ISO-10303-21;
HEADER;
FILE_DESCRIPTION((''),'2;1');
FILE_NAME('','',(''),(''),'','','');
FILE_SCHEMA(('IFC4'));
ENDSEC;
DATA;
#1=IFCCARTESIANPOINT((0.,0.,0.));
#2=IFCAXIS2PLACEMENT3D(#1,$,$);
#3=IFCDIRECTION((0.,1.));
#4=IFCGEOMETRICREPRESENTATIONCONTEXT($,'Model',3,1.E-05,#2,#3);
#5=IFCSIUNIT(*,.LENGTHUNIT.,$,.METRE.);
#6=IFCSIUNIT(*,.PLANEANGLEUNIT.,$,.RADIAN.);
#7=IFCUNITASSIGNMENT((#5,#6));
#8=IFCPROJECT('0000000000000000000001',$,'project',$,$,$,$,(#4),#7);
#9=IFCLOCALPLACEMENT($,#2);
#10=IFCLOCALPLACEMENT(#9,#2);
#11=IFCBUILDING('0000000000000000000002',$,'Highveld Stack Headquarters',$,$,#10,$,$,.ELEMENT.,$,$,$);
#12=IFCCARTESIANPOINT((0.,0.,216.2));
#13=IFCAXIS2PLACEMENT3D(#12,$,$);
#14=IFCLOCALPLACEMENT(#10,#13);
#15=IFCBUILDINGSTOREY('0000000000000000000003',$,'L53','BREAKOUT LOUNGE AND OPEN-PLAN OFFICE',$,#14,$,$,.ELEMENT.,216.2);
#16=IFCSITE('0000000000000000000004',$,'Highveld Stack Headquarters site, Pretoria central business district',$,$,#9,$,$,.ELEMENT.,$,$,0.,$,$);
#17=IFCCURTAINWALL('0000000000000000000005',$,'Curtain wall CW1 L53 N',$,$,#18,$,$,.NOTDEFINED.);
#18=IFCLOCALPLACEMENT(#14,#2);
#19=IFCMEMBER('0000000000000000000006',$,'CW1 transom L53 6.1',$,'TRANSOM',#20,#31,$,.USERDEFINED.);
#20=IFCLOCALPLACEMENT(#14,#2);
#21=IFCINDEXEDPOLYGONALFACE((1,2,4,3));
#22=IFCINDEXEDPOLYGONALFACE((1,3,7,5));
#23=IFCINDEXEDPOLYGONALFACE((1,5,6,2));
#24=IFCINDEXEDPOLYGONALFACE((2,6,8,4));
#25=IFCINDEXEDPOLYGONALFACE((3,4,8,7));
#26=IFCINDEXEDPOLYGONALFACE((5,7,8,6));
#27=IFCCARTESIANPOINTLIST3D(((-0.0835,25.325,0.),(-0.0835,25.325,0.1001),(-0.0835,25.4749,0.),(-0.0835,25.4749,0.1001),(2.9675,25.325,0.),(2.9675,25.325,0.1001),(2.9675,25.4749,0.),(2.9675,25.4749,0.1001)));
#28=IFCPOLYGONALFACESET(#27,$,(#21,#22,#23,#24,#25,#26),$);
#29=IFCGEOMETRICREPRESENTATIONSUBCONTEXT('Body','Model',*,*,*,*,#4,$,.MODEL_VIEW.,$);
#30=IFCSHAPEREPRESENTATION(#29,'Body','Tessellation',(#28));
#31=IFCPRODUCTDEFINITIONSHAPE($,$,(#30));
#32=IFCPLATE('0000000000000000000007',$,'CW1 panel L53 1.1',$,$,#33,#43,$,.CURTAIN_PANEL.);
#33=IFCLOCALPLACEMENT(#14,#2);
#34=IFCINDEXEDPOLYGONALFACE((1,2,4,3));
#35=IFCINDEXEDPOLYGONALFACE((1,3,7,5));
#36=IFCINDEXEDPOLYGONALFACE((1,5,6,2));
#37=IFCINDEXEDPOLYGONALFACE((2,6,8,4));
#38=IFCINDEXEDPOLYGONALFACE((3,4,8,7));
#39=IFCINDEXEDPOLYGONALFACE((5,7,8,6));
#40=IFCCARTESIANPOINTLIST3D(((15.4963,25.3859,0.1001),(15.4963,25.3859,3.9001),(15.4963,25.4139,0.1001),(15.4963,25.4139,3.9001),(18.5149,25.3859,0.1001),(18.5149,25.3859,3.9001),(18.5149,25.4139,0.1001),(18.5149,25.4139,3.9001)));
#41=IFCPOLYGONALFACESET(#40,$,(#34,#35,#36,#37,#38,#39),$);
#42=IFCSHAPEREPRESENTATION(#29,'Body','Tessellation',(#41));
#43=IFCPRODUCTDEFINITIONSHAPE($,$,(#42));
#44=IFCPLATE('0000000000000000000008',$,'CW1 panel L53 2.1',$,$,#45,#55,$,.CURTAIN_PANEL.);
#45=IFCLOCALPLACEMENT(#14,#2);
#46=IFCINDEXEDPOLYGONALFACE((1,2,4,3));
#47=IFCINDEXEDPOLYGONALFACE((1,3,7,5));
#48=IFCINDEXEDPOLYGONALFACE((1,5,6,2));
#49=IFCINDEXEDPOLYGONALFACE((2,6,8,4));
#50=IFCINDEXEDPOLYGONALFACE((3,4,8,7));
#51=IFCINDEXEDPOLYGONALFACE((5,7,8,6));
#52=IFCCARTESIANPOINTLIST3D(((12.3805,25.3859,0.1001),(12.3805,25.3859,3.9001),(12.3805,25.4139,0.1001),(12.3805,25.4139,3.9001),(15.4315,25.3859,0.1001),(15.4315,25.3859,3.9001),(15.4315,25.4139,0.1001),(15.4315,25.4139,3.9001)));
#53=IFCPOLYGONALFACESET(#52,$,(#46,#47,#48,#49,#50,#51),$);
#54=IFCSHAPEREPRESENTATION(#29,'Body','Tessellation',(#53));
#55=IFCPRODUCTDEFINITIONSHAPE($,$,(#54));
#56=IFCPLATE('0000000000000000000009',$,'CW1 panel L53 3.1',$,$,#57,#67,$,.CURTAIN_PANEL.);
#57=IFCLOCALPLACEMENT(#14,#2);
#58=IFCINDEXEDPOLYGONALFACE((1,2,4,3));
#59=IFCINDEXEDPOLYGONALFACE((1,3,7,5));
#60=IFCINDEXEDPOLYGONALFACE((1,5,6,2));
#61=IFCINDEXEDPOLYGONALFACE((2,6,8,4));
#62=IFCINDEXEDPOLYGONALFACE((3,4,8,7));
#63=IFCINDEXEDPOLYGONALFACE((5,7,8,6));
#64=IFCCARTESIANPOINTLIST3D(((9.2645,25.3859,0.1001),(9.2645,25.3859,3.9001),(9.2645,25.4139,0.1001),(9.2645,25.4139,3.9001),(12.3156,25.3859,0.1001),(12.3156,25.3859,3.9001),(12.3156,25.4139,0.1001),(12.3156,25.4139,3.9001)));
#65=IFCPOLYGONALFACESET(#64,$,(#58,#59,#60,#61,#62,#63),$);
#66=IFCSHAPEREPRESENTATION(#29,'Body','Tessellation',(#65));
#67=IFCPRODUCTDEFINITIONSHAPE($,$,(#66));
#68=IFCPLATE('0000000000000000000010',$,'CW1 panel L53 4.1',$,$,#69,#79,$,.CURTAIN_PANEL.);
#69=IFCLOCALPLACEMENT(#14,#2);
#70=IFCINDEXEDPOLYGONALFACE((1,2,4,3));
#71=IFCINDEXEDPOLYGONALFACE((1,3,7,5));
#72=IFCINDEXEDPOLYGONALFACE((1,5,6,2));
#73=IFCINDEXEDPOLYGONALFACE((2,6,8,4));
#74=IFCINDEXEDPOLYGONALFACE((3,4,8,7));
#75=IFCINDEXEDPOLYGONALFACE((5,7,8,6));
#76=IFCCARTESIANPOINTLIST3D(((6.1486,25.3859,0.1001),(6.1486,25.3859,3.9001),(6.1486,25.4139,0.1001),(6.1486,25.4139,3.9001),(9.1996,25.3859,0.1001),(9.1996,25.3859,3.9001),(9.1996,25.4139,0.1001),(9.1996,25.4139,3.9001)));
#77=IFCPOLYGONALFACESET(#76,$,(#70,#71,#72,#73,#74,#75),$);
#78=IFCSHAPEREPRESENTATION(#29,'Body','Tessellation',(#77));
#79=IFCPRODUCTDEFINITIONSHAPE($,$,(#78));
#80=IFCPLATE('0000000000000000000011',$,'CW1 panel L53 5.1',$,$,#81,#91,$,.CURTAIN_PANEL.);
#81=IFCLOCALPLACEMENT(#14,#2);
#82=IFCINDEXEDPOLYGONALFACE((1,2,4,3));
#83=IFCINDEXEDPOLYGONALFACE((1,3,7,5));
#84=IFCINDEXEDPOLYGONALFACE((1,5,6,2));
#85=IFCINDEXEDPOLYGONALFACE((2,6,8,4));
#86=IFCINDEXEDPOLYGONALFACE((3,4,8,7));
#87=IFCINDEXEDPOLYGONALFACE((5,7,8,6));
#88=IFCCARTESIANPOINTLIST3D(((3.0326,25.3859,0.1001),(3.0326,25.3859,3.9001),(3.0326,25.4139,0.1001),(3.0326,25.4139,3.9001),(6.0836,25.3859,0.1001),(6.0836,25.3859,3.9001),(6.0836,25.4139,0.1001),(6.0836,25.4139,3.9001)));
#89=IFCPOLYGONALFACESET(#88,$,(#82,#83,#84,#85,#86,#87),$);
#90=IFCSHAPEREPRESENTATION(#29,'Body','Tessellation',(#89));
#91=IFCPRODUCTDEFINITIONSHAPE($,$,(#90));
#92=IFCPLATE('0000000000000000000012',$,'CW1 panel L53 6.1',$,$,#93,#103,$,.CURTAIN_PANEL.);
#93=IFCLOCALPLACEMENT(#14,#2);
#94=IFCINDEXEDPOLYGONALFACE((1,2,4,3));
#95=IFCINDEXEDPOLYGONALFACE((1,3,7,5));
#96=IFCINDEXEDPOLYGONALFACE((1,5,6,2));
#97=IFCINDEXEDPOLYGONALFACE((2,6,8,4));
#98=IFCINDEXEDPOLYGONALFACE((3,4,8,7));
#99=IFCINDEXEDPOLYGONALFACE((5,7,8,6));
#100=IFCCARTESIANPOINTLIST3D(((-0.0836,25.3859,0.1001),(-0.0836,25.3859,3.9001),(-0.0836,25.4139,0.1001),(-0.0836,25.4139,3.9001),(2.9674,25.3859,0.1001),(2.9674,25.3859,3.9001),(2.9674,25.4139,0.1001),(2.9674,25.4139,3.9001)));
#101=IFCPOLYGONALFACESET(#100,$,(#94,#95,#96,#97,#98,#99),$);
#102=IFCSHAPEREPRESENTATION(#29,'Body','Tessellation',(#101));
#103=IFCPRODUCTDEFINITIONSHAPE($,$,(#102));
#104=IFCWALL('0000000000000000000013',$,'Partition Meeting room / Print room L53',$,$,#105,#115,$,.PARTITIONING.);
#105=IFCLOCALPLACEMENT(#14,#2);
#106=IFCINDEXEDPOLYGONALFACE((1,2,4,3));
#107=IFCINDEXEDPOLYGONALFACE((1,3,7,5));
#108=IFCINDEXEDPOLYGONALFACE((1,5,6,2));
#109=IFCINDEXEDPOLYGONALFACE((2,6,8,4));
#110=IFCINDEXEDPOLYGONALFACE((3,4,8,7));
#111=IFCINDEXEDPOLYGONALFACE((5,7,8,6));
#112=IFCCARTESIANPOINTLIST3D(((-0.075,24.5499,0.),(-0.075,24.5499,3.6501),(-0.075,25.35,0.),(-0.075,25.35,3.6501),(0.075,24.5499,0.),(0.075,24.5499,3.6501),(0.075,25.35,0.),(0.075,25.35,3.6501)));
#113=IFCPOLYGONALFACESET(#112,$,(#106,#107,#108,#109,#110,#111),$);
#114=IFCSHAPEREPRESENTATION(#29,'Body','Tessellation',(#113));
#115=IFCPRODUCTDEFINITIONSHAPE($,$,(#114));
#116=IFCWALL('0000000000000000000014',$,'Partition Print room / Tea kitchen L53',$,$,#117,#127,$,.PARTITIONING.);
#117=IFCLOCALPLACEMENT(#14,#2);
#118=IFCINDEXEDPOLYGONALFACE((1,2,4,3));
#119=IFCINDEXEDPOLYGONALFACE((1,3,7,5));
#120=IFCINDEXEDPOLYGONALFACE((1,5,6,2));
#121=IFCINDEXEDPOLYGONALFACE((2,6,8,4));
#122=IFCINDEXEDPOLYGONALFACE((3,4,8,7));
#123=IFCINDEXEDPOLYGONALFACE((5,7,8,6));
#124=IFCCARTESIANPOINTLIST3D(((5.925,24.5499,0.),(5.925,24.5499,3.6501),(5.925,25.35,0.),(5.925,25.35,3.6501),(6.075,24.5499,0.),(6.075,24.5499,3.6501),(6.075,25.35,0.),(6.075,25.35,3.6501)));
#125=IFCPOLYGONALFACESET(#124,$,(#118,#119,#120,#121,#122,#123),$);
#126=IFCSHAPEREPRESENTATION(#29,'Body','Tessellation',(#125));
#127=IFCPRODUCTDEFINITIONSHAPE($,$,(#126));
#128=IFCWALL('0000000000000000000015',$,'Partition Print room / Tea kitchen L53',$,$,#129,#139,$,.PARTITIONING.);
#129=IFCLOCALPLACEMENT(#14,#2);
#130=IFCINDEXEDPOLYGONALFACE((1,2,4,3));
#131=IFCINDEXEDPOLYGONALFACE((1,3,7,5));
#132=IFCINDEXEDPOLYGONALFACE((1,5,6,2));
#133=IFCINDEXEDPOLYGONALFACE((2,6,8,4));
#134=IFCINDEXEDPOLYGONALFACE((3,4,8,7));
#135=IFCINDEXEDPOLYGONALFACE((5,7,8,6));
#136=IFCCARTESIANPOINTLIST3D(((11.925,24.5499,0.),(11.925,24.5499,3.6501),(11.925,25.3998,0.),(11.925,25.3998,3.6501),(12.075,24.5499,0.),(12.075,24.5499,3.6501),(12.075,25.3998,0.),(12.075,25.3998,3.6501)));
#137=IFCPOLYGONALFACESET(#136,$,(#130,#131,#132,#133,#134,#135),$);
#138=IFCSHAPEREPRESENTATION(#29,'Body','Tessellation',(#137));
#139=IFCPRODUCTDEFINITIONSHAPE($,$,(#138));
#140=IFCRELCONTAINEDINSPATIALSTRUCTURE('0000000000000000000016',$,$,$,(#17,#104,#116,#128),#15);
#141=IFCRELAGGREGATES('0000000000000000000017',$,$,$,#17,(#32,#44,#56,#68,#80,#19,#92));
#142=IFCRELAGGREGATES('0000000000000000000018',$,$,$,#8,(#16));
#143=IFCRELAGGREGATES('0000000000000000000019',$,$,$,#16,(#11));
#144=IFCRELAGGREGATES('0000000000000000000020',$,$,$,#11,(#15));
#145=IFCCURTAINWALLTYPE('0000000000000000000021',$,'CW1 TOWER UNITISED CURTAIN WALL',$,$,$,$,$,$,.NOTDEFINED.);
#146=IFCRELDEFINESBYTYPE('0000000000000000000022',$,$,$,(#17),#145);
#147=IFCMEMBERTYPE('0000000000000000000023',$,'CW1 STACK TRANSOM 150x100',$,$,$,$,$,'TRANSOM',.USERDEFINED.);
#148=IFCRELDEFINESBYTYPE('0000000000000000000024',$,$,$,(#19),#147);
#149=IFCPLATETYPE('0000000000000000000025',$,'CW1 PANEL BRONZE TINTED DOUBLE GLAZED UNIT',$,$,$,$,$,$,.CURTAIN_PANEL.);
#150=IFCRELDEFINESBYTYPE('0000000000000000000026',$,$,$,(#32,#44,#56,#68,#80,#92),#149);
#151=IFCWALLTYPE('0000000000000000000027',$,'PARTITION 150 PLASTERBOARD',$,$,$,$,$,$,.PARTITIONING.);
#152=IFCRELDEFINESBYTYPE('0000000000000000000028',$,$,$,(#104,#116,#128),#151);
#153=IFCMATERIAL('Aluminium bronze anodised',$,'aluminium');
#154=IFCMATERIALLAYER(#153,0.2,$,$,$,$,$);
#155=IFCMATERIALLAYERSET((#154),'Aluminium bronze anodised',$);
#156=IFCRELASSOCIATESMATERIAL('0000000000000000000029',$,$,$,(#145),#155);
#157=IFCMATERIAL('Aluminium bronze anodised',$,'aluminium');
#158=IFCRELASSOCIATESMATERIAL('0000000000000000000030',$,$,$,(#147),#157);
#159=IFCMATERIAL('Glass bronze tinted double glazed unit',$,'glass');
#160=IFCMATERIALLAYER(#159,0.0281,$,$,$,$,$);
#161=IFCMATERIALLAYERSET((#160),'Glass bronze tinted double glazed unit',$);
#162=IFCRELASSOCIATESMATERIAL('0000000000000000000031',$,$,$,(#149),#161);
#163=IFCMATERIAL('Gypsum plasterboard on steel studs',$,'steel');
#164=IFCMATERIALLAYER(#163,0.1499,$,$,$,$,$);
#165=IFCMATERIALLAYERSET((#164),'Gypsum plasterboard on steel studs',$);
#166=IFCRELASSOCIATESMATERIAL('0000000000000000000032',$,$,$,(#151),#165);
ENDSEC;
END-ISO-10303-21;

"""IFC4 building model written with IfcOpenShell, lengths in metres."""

from ifc_helpers import new_model, si_unit, direction, frame, frame_2d, origin, origin_2d, place, context, subcontext, project, spatial, rectangle, extrude, material, layer, layer_set, material_profile, profile_set, type_object, element, aggregate, save


model = new_model("IFC4")

# Units and contexts
model_context = context("Model", 3, precision=1e-05, world=origin(), true_north=direction((0.0, 1.0)))
body_context = subcontext(model_context, "Body", "Model", "MODEL_VIEW")
ifc_project = project(units=[si_unit("LENGTHUNIT", "METRE"), si_unit("PLANEANGLEUNIT", "RADIAN")], contexts=[model_context])

# Site, building, storey
site_placement = place(None, origin())
site = spatial("IfcSite", under=ifc_project, at=site_placement, Name="Highveld Stack Headquarters site, Pretoria central business district", CompositionType="ELEMENT", RefElevation=0.0)
building_placement = place(site_placement, origin())
building = spatial("IfcBuilding", under=site, at=building_placement, Name="Highveld Stack Headquarters", CompositionType="ELEMENT")
storey_placement = place(building_placement, frame((0.0, 0.0, 216.2)))
storey = spatial("IfcBuildingStorey", under=building, at=storey_placement, Name="L53", Description="BREAKOUT LOUNGE AND OPEN-PLAN OFFICE", CompositionType="ELEMENT", Elevation=216.2)

# Curtain wall, member, plates
ifc_material_1 = material(Name="Aluminium bronze anodised", Category="aluminium")
ifc_layer_1 = layer(ifc_material_1, 0.2)
ifc_layer_set_1 = layer_set([ifc_layer_1], Name="Aluminium bronze anodised")
curtain_wall_type = type_object("IfcCurtainWallType", Name="CW1 TOWER UNITISED CURTAIN WALL", PredefinedType="NOTDEFINED", material=ifc_layer_set_1)
curtain_wall_placement = place(storey_placement, origin())
curtain_wall = element("IfcCurtainWall", 1, at=curtain_wall_placement, inside=storey, type_object=curtain_wall_type, Name="Curtain wall CW1 L53 N", PredefinedType="NOTDEFINED")
ifc_material_2 = material(Name="Aluminium bronze anodised", Category="aluminium")
ifc_material_profile_1 = material_profile(ifc_material_2, rectangle(XDim=0.1499, YDim=0.1001, at=origin_2d()), Name="CW1 TRANSOM 150x100")
ifc_profile_set_1 = profile_set([ifc_material_profile_1], Name="Aluminium bronze anodised")
member_type_1 = type_object("IfcMemberType", Name="CW1 STACK TRANSOM 150x100", ElementType="TRANSOM", PredefinedType="USERDEFINED", material=ifc_profile_set_1)
member_1_placement = place(storey_placement, frame((2.9675, 25.3999, 0.05), z_axis=(-1.0, 0.0, 0.0), x_axis=(0.0, -1.0, 0.0)))
member_1 = element("IfcMember", 2, at=member_1_placement, type_object=member_type_1, Name="CW1 transom L53 6.1", ObjectType="TRANSOM", PredefinedType="USERDEFINED", context=body_context, shape_type="SweptSolid", body=[
    extrude(rectangle(XDim=0.1499, YDim=0.1001, at=origin_2d()), origin(), (0.0, 0.0, 1.0), 3.051),
])
ifc_material_3 = material(Name="Glass bronze tinted double glazed unit", Category="glass")
ifc_layer_2 = layer(ifc_material_3, 0.0281)
ifc_layer_set_2 = layer_set([ifc_layer_2], Name="Glass bronze tinted double glazed unit")
plate_type = type_object("IfcPlateType", Name="CW1 PANEL BRONZE TINTED DOUBLE GLAZED UNIT", PredefinedType="CURTAIN_PANEL", material=ifc_layer_set_2)
plate_1_placement = place(storey_placement, frame((17.0056, 25.3999, 0.1001), z_axis=(0.0, 0.0, 1.0), x_axis=(-1.0, 0.0, 0.0)))
plate_1 = element("IfcPlate", 3, at=plate_1_placement, type_object=plate_type, Name="CW1 panel L53 1.1", PredefinedType="CURTAIN_PANEL", context=body_context, shape_type="SweptSolid", body=[
    extrude(rectangle(XDim=3.0186, YDim=0.0281, at=origin_2d()), origin(), (0.0, 0.0, 1.0), 3.8),
])
plate_2_placement = place(storey_placement, frame((13.906, 25.3999, 0.1001), z_axis=(0.0, 0.0, 1.0), x_axis=(-1.0, 0.0, 0.0)))
plate_2 = element("IfcPlate", 4, at=plate_2_placement, type_object=plate_type, Name="CW1 panel L53 2.1", PredefinedType="CURTAIN_PANEL", context=body_context, shape_type="SweptSolid", body=[
    extrude(rectangle(XDim=3.051, YDim=0.0281, at=origin_2d()), origin(), (0.0, 0.0, 1.0), 3.8),
])
plate_3_placement = place(storey_placement, frame((10.79, 25.3999, 0.1001), z_axis=(0.0, 0.0, 1.0), x_axis=(-1.0, 0.0, 0.0)))
plate_3 = element("IfcPlate", 5, at=plate_3_placement, type_object=plate_type, Name="CW1 panel L53 3.1", PredefinedType="CURTAIN_PANEL", context=body_context, shape_type="SweptSolid", body=[
    extrude(rectangle(XDim=3.051, YDim=0.0281, at=origin_2d()), origin(), (0.0, 0.0, 1.0), 3.8),
])
plate_4_placement = place(storey_placement, frame((7.6741, 25.3999, 0.1001), z_axis=(0.0, 0.0, 1.0), x_axis=(-1.0, 0.0, 0.0)))
plate_4 = element("IfcPlate", 6, at=plate_4_placement, type_object=plate_type, Name="CW1 panel L53 4.1", PredefinedType="CURTAIN_PANEL", context=body_context, shape_type="SweptSolid", body=[
    extrude(rectangle(XDim=3.051, YDim=0.0281, at=origin_2d()), origin(), (0.0, 0.0, 1.0), 3.8),
])
plate_5_placement = place(storey_placement, frame((4.5581, 25.3999, 0.1001), z_axis=(0.0, 0.0, 1.0), x_axis=(-1.0, 0.0, 0.0)))
plate_5 = element("IfcPlate", 7, at=plate_5_placement, type_object=plate_type, Name="CW1 panel L53 5.1", PredefinedType="CURTAIN_PANEL", context=body_context, shape_type="SweptSolid", body=[
    extrude(rectangle(XDim=3.051, YDim=0.0281, at=origin_2d()), origin(), (0.0, 0.0, 1.0), 3.8),
])
plate_6_placement = place(storey_placement, frame((1.4419, 25.3999, 0.1001), z_axis=(0.0, 0.0, 1.0), x_axis=(-1.0, 0.0, 0.0)))
plate_6 = element("IfcPlate", 8, at=plate_6_placement, type_object=plate_type, Name="CW1 panel L53 6.1", PredefinedType="CURTAIN_PANEL", context=body_context, shape_type="SweptSolid", body=[
    extrude(rectangle(XDim=3.051, YDim=0.0281, at=origin_2d()), origin(), (0.0, 0.0, 1.0), 3.8),
])
aggregate(curtain_wall, [plate_1, plate_2, plate_3, plate_4, plate_5, member_1, plate_6])

# Walls
ifc_material_4 = material(Name="Gypsum plasterboard on steel studs", Category="steel")
ifc_layer_3 = layer(ifc_material_4, 0.1499)
ifc_layer_set_3 = layer_set([ifc_layer_3], Name="Gypsum plasterboard on steel studs")
wall_type = type_object("IfcWallType", Name="PARTITION 150 PLASTERBOARD", PredefinedType="PARTITIONING", material=ifc_layer_set_3)
for number, where, z_axis, x_axis, name in (
    (9, (0.0, 24.55, 0.0), (0.0, 0.0, 1.0), (0.0, 1.0, 0.0), "Partition Meeting room / Print room L53"),
    (10, (6.0, 24.55, 0.0), (0.0, 0.0, 1.0), (0.0, 1.0, 0.0), "Partition Print room / Tea kitchen L53"),
):
    element("IfcWall", number, at=place(storey_placement, frame(where, z_axis=z_axis, x_axis=x_axis)), inside=storey, type_object=wall_type, Name=name, PredefinedType="PARTITIONING", context=body_context, shape_type="SweptSolid", body=[
        extrude(rectangle(XDim=0.8, YDim=0.1499, at=frame_2d((0.3999, 0.0))), origin(), (0.0, 0.0, 1.0), 3.6501),
    ])
wall_placement = place(storey_placement, frame((12.0, 24.55, 0.0), z_axis=(0.0, 0.0, 1.0), x_axis=(0.0, 1.0, 0.0)))
element("IfcWall", 11, at=wall_placement, inside=storey, type_object=wall_type, Name="Partition Print room / Tea kitchen L53", PredefinedType="PARTITIONING", context=body_context, shape_type="SweptSolid", body=[
    extrude(rectangle(XDim=0.8499, YDim=0.1499, at=frame_2d((0.4248, 0.0))), origin(), (0.0, 0.0, 1.0), 3.6501),
])

save(model, "model.ifc")
